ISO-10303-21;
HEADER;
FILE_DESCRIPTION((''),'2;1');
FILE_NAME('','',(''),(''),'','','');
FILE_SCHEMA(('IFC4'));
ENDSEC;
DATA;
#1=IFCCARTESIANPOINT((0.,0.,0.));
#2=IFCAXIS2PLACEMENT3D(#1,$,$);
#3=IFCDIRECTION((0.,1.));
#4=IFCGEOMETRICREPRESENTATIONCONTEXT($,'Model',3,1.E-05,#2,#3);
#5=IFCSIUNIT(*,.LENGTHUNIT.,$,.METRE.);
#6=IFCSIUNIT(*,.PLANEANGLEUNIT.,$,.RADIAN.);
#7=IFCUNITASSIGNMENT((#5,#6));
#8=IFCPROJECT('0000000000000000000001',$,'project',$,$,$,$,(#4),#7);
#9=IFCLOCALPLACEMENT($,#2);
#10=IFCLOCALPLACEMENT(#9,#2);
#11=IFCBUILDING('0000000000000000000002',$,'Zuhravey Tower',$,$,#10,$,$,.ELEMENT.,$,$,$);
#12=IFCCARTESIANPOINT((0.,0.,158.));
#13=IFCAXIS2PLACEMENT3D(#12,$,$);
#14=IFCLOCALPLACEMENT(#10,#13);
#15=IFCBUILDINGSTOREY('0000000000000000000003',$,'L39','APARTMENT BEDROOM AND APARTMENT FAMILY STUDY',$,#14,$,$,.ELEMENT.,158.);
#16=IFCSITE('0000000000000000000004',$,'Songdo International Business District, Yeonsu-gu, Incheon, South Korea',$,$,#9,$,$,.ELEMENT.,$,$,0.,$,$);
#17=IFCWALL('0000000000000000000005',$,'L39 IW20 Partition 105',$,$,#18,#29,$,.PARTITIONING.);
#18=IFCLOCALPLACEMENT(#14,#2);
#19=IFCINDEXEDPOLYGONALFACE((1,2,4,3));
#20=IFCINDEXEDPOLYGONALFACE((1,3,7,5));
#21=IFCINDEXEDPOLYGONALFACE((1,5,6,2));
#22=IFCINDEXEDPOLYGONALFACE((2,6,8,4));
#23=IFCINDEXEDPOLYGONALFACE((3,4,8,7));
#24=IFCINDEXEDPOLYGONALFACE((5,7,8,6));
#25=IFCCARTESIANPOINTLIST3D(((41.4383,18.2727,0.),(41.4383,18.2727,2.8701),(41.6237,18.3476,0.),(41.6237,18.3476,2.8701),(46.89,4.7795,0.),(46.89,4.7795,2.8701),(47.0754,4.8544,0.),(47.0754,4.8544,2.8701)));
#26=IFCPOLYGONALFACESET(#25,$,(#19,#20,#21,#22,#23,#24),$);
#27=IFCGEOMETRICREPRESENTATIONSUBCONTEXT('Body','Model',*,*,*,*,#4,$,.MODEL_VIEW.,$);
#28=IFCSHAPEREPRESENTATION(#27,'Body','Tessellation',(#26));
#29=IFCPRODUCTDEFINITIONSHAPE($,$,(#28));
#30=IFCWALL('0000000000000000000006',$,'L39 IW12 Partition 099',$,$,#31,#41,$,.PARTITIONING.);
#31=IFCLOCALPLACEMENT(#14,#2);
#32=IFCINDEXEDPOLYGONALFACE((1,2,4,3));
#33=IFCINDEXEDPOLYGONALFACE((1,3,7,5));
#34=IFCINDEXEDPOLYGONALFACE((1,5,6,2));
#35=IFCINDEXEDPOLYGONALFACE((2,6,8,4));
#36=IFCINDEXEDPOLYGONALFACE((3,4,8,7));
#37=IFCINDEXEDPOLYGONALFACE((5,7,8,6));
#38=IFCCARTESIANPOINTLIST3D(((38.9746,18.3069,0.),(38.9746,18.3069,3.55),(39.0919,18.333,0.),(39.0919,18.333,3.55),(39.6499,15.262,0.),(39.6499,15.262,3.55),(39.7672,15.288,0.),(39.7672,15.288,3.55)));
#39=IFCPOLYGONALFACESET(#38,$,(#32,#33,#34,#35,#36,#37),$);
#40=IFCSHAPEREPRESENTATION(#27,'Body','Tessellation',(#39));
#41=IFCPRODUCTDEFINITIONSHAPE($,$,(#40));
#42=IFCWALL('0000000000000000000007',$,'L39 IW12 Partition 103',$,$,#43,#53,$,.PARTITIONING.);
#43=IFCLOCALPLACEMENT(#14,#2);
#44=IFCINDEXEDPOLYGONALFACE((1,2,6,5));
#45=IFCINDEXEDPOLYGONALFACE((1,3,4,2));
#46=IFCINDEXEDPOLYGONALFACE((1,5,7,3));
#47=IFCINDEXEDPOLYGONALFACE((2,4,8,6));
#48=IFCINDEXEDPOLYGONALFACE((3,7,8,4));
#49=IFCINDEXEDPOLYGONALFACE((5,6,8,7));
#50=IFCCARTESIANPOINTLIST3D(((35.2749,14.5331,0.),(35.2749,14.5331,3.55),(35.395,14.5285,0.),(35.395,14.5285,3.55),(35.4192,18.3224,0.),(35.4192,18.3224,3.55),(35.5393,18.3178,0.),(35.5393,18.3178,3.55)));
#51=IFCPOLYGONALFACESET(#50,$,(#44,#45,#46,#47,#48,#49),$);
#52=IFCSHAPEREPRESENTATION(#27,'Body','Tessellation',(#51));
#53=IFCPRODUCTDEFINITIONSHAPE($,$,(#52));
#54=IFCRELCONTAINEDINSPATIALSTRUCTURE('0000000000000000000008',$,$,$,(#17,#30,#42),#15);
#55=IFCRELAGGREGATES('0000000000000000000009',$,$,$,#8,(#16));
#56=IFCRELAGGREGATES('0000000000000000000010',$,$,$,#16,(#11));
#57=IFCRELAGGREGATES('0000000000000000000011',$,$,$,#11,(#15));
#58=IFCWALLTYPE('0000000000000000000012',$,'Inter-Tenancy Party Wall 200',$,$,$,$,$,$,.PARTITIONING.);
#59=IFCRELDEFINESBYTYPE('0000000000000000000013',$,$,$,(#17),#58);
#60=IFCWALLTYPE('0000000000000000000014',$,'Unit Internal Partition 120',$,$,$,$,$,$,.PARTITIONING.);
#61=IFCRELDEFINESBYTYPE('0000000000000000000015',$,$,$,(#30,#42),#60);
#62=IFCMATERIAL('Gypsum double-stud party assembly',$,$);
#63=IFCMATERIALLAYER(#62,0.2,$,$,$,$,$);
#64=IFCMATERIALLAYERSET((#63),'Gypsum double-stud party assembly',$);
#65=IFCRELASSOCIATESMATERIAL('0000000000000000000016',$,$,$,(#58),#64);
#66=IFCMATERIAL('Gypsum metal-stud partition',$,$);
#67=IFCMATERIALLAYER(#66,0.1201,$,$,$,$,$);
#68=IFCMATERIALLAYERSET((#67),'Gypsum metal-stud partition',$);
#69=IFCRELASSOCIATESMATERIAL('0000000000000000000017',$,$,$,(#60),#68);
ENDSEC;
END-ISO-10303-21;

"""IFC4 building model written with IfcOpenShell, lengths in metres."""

from ifc_helpers import new_model, si_unit, direction, frame, frame_2d, origin, place, context, subcontext, project, spatial, rectangle, extrude, material, layer, layer_set, type_object, element, save


model = new_model("IFC4")

# Units and contexts
model_context = context("Model", 3, precision=1e-05, world=origin(), true_north=direction((0.0, 1.0)))
body_context = subcontext(model_context, "Body", "Model", "MODEL_VIEW")
ifc_project = project(units=[si_unit("LENGTHUNIT", "METRE"), si_unit("PLANEANGLEUNIT", "RADIAN")], contexts=[model_context])

# Site, building, storey
site_placement = place(None, origin())
site = spatial("IfcSite", under=ifc_project, at=site_placement, Name="Songdo International Business District, Yeonsu-gu, Incheon, South Korea", CompositionType="ELEMENT", RefElevation=0.0)
building_placement = place(site_placement, origin())
building = spatial("IfcBuilding", under=site, at=building_placement, Name="Zuhravey Tower", CompositionType="ELEMENT")
storey_placement = place(building_placement, frame((0.0, 0.0, 158.0)))
storey = spatial("IfcBuildingStorey", under=building, at=storey_placement, Name="L39", Description="APARTMENT BEDROOM AND APARTMENT FAMILY STUDY", CompositionType="ELEMENT", Elevation=158.0)

# Walls
ifc_material_1 = material(Name="Gypsum double-stud party assembly")
ifc_layer_1 = layer(ifc_material_1, 0.2)
ifc_layer_set_1 = layer_set([ifc_layer_1], Name="Gypsum double-stud party assembly")
wall_type_1 = type_object("IfcWallType", Name="Inter-Tenancy Party Wall 200", PredefinedType="PARTITIONING", material=ifc_layer_set_1)
wall_1_placement = place(storey_placement, frame((41.531, 18.3101, 0.0), z_axis=(0.0, 0.0, 1.0), x_axis=(0.374611, -0.927182, 0.0)))
element("IfcWall", 1, at=wall_1_placement, inside=storey, type_object=wall_type_1, Name="L39 IW20 Partition 105", PredefinedType="PARTITIONING", context=body_context, shape_type="SweptSolid", body=[
    extrude(rectangle(XDim=14.553, YDim=0.2, at=frame_2d((7.2764, 0.0))), origin(), (0.0, 0.0, 1.0), 2.8701),
])
ifc_material_2 = material(Name="Gypsum metal-stud partition")
ifc_layer_2 = layer(ifc_material_2, 0.1201)
ifc_layer_set_2 = layer_set([ifc_layer_2], Name="Gypsum metal-stud partition")
wall_type_2 = type_object("IfcWallType", Name="Unit Internal Partition 120", PredefinedType="PARTITIONING", material=ifc_layer_set_2)
wall_2_placement = place(storey_placement, frame((39.0332, 18.3201, 0.0), z_axis=(0.0, 0.0, 1.0), x_axis=(0.216516, -0.976279, 0.0)))
element("IfcWall", 2, at=wall_2_placement, inside=storey, type_object=wall_type_2, Name="L39 IW12 Partition 099", PredefinedType="PARTITIONING", context=body_context, shape_type="SweptSolid", body=[
    extrude(rectangle(XDim=3.1189, YDim=0.1201, at=frame_2d((1.5596, 0.0))), origin(), (0.0, 0.0, 1.0), 3.55),
])
wall_3_placement = place(storey_placement, frame((35.4792, 18.3201, 0.0), z_axis=(0.0, 0.0, 1.0), x_axis=(-0.03805, -0.999276, 0.0)))
element("IfcWall", 3, at=wall_3_placement, inside=storey, type_object=wall_type_2, Name="L39 IW12 Partition 103", PredefinedType="PARTITIONING", context=body_context, shape_type="SweptSolid", body=[
    extrude(rectangle(XDim=3.792, YDim=0.1201, at=frame_2d((1.896, 0.0))), origin(), (0.0, 0.0, 1.0), 3.55),
])

save(model, "model.ifc")
